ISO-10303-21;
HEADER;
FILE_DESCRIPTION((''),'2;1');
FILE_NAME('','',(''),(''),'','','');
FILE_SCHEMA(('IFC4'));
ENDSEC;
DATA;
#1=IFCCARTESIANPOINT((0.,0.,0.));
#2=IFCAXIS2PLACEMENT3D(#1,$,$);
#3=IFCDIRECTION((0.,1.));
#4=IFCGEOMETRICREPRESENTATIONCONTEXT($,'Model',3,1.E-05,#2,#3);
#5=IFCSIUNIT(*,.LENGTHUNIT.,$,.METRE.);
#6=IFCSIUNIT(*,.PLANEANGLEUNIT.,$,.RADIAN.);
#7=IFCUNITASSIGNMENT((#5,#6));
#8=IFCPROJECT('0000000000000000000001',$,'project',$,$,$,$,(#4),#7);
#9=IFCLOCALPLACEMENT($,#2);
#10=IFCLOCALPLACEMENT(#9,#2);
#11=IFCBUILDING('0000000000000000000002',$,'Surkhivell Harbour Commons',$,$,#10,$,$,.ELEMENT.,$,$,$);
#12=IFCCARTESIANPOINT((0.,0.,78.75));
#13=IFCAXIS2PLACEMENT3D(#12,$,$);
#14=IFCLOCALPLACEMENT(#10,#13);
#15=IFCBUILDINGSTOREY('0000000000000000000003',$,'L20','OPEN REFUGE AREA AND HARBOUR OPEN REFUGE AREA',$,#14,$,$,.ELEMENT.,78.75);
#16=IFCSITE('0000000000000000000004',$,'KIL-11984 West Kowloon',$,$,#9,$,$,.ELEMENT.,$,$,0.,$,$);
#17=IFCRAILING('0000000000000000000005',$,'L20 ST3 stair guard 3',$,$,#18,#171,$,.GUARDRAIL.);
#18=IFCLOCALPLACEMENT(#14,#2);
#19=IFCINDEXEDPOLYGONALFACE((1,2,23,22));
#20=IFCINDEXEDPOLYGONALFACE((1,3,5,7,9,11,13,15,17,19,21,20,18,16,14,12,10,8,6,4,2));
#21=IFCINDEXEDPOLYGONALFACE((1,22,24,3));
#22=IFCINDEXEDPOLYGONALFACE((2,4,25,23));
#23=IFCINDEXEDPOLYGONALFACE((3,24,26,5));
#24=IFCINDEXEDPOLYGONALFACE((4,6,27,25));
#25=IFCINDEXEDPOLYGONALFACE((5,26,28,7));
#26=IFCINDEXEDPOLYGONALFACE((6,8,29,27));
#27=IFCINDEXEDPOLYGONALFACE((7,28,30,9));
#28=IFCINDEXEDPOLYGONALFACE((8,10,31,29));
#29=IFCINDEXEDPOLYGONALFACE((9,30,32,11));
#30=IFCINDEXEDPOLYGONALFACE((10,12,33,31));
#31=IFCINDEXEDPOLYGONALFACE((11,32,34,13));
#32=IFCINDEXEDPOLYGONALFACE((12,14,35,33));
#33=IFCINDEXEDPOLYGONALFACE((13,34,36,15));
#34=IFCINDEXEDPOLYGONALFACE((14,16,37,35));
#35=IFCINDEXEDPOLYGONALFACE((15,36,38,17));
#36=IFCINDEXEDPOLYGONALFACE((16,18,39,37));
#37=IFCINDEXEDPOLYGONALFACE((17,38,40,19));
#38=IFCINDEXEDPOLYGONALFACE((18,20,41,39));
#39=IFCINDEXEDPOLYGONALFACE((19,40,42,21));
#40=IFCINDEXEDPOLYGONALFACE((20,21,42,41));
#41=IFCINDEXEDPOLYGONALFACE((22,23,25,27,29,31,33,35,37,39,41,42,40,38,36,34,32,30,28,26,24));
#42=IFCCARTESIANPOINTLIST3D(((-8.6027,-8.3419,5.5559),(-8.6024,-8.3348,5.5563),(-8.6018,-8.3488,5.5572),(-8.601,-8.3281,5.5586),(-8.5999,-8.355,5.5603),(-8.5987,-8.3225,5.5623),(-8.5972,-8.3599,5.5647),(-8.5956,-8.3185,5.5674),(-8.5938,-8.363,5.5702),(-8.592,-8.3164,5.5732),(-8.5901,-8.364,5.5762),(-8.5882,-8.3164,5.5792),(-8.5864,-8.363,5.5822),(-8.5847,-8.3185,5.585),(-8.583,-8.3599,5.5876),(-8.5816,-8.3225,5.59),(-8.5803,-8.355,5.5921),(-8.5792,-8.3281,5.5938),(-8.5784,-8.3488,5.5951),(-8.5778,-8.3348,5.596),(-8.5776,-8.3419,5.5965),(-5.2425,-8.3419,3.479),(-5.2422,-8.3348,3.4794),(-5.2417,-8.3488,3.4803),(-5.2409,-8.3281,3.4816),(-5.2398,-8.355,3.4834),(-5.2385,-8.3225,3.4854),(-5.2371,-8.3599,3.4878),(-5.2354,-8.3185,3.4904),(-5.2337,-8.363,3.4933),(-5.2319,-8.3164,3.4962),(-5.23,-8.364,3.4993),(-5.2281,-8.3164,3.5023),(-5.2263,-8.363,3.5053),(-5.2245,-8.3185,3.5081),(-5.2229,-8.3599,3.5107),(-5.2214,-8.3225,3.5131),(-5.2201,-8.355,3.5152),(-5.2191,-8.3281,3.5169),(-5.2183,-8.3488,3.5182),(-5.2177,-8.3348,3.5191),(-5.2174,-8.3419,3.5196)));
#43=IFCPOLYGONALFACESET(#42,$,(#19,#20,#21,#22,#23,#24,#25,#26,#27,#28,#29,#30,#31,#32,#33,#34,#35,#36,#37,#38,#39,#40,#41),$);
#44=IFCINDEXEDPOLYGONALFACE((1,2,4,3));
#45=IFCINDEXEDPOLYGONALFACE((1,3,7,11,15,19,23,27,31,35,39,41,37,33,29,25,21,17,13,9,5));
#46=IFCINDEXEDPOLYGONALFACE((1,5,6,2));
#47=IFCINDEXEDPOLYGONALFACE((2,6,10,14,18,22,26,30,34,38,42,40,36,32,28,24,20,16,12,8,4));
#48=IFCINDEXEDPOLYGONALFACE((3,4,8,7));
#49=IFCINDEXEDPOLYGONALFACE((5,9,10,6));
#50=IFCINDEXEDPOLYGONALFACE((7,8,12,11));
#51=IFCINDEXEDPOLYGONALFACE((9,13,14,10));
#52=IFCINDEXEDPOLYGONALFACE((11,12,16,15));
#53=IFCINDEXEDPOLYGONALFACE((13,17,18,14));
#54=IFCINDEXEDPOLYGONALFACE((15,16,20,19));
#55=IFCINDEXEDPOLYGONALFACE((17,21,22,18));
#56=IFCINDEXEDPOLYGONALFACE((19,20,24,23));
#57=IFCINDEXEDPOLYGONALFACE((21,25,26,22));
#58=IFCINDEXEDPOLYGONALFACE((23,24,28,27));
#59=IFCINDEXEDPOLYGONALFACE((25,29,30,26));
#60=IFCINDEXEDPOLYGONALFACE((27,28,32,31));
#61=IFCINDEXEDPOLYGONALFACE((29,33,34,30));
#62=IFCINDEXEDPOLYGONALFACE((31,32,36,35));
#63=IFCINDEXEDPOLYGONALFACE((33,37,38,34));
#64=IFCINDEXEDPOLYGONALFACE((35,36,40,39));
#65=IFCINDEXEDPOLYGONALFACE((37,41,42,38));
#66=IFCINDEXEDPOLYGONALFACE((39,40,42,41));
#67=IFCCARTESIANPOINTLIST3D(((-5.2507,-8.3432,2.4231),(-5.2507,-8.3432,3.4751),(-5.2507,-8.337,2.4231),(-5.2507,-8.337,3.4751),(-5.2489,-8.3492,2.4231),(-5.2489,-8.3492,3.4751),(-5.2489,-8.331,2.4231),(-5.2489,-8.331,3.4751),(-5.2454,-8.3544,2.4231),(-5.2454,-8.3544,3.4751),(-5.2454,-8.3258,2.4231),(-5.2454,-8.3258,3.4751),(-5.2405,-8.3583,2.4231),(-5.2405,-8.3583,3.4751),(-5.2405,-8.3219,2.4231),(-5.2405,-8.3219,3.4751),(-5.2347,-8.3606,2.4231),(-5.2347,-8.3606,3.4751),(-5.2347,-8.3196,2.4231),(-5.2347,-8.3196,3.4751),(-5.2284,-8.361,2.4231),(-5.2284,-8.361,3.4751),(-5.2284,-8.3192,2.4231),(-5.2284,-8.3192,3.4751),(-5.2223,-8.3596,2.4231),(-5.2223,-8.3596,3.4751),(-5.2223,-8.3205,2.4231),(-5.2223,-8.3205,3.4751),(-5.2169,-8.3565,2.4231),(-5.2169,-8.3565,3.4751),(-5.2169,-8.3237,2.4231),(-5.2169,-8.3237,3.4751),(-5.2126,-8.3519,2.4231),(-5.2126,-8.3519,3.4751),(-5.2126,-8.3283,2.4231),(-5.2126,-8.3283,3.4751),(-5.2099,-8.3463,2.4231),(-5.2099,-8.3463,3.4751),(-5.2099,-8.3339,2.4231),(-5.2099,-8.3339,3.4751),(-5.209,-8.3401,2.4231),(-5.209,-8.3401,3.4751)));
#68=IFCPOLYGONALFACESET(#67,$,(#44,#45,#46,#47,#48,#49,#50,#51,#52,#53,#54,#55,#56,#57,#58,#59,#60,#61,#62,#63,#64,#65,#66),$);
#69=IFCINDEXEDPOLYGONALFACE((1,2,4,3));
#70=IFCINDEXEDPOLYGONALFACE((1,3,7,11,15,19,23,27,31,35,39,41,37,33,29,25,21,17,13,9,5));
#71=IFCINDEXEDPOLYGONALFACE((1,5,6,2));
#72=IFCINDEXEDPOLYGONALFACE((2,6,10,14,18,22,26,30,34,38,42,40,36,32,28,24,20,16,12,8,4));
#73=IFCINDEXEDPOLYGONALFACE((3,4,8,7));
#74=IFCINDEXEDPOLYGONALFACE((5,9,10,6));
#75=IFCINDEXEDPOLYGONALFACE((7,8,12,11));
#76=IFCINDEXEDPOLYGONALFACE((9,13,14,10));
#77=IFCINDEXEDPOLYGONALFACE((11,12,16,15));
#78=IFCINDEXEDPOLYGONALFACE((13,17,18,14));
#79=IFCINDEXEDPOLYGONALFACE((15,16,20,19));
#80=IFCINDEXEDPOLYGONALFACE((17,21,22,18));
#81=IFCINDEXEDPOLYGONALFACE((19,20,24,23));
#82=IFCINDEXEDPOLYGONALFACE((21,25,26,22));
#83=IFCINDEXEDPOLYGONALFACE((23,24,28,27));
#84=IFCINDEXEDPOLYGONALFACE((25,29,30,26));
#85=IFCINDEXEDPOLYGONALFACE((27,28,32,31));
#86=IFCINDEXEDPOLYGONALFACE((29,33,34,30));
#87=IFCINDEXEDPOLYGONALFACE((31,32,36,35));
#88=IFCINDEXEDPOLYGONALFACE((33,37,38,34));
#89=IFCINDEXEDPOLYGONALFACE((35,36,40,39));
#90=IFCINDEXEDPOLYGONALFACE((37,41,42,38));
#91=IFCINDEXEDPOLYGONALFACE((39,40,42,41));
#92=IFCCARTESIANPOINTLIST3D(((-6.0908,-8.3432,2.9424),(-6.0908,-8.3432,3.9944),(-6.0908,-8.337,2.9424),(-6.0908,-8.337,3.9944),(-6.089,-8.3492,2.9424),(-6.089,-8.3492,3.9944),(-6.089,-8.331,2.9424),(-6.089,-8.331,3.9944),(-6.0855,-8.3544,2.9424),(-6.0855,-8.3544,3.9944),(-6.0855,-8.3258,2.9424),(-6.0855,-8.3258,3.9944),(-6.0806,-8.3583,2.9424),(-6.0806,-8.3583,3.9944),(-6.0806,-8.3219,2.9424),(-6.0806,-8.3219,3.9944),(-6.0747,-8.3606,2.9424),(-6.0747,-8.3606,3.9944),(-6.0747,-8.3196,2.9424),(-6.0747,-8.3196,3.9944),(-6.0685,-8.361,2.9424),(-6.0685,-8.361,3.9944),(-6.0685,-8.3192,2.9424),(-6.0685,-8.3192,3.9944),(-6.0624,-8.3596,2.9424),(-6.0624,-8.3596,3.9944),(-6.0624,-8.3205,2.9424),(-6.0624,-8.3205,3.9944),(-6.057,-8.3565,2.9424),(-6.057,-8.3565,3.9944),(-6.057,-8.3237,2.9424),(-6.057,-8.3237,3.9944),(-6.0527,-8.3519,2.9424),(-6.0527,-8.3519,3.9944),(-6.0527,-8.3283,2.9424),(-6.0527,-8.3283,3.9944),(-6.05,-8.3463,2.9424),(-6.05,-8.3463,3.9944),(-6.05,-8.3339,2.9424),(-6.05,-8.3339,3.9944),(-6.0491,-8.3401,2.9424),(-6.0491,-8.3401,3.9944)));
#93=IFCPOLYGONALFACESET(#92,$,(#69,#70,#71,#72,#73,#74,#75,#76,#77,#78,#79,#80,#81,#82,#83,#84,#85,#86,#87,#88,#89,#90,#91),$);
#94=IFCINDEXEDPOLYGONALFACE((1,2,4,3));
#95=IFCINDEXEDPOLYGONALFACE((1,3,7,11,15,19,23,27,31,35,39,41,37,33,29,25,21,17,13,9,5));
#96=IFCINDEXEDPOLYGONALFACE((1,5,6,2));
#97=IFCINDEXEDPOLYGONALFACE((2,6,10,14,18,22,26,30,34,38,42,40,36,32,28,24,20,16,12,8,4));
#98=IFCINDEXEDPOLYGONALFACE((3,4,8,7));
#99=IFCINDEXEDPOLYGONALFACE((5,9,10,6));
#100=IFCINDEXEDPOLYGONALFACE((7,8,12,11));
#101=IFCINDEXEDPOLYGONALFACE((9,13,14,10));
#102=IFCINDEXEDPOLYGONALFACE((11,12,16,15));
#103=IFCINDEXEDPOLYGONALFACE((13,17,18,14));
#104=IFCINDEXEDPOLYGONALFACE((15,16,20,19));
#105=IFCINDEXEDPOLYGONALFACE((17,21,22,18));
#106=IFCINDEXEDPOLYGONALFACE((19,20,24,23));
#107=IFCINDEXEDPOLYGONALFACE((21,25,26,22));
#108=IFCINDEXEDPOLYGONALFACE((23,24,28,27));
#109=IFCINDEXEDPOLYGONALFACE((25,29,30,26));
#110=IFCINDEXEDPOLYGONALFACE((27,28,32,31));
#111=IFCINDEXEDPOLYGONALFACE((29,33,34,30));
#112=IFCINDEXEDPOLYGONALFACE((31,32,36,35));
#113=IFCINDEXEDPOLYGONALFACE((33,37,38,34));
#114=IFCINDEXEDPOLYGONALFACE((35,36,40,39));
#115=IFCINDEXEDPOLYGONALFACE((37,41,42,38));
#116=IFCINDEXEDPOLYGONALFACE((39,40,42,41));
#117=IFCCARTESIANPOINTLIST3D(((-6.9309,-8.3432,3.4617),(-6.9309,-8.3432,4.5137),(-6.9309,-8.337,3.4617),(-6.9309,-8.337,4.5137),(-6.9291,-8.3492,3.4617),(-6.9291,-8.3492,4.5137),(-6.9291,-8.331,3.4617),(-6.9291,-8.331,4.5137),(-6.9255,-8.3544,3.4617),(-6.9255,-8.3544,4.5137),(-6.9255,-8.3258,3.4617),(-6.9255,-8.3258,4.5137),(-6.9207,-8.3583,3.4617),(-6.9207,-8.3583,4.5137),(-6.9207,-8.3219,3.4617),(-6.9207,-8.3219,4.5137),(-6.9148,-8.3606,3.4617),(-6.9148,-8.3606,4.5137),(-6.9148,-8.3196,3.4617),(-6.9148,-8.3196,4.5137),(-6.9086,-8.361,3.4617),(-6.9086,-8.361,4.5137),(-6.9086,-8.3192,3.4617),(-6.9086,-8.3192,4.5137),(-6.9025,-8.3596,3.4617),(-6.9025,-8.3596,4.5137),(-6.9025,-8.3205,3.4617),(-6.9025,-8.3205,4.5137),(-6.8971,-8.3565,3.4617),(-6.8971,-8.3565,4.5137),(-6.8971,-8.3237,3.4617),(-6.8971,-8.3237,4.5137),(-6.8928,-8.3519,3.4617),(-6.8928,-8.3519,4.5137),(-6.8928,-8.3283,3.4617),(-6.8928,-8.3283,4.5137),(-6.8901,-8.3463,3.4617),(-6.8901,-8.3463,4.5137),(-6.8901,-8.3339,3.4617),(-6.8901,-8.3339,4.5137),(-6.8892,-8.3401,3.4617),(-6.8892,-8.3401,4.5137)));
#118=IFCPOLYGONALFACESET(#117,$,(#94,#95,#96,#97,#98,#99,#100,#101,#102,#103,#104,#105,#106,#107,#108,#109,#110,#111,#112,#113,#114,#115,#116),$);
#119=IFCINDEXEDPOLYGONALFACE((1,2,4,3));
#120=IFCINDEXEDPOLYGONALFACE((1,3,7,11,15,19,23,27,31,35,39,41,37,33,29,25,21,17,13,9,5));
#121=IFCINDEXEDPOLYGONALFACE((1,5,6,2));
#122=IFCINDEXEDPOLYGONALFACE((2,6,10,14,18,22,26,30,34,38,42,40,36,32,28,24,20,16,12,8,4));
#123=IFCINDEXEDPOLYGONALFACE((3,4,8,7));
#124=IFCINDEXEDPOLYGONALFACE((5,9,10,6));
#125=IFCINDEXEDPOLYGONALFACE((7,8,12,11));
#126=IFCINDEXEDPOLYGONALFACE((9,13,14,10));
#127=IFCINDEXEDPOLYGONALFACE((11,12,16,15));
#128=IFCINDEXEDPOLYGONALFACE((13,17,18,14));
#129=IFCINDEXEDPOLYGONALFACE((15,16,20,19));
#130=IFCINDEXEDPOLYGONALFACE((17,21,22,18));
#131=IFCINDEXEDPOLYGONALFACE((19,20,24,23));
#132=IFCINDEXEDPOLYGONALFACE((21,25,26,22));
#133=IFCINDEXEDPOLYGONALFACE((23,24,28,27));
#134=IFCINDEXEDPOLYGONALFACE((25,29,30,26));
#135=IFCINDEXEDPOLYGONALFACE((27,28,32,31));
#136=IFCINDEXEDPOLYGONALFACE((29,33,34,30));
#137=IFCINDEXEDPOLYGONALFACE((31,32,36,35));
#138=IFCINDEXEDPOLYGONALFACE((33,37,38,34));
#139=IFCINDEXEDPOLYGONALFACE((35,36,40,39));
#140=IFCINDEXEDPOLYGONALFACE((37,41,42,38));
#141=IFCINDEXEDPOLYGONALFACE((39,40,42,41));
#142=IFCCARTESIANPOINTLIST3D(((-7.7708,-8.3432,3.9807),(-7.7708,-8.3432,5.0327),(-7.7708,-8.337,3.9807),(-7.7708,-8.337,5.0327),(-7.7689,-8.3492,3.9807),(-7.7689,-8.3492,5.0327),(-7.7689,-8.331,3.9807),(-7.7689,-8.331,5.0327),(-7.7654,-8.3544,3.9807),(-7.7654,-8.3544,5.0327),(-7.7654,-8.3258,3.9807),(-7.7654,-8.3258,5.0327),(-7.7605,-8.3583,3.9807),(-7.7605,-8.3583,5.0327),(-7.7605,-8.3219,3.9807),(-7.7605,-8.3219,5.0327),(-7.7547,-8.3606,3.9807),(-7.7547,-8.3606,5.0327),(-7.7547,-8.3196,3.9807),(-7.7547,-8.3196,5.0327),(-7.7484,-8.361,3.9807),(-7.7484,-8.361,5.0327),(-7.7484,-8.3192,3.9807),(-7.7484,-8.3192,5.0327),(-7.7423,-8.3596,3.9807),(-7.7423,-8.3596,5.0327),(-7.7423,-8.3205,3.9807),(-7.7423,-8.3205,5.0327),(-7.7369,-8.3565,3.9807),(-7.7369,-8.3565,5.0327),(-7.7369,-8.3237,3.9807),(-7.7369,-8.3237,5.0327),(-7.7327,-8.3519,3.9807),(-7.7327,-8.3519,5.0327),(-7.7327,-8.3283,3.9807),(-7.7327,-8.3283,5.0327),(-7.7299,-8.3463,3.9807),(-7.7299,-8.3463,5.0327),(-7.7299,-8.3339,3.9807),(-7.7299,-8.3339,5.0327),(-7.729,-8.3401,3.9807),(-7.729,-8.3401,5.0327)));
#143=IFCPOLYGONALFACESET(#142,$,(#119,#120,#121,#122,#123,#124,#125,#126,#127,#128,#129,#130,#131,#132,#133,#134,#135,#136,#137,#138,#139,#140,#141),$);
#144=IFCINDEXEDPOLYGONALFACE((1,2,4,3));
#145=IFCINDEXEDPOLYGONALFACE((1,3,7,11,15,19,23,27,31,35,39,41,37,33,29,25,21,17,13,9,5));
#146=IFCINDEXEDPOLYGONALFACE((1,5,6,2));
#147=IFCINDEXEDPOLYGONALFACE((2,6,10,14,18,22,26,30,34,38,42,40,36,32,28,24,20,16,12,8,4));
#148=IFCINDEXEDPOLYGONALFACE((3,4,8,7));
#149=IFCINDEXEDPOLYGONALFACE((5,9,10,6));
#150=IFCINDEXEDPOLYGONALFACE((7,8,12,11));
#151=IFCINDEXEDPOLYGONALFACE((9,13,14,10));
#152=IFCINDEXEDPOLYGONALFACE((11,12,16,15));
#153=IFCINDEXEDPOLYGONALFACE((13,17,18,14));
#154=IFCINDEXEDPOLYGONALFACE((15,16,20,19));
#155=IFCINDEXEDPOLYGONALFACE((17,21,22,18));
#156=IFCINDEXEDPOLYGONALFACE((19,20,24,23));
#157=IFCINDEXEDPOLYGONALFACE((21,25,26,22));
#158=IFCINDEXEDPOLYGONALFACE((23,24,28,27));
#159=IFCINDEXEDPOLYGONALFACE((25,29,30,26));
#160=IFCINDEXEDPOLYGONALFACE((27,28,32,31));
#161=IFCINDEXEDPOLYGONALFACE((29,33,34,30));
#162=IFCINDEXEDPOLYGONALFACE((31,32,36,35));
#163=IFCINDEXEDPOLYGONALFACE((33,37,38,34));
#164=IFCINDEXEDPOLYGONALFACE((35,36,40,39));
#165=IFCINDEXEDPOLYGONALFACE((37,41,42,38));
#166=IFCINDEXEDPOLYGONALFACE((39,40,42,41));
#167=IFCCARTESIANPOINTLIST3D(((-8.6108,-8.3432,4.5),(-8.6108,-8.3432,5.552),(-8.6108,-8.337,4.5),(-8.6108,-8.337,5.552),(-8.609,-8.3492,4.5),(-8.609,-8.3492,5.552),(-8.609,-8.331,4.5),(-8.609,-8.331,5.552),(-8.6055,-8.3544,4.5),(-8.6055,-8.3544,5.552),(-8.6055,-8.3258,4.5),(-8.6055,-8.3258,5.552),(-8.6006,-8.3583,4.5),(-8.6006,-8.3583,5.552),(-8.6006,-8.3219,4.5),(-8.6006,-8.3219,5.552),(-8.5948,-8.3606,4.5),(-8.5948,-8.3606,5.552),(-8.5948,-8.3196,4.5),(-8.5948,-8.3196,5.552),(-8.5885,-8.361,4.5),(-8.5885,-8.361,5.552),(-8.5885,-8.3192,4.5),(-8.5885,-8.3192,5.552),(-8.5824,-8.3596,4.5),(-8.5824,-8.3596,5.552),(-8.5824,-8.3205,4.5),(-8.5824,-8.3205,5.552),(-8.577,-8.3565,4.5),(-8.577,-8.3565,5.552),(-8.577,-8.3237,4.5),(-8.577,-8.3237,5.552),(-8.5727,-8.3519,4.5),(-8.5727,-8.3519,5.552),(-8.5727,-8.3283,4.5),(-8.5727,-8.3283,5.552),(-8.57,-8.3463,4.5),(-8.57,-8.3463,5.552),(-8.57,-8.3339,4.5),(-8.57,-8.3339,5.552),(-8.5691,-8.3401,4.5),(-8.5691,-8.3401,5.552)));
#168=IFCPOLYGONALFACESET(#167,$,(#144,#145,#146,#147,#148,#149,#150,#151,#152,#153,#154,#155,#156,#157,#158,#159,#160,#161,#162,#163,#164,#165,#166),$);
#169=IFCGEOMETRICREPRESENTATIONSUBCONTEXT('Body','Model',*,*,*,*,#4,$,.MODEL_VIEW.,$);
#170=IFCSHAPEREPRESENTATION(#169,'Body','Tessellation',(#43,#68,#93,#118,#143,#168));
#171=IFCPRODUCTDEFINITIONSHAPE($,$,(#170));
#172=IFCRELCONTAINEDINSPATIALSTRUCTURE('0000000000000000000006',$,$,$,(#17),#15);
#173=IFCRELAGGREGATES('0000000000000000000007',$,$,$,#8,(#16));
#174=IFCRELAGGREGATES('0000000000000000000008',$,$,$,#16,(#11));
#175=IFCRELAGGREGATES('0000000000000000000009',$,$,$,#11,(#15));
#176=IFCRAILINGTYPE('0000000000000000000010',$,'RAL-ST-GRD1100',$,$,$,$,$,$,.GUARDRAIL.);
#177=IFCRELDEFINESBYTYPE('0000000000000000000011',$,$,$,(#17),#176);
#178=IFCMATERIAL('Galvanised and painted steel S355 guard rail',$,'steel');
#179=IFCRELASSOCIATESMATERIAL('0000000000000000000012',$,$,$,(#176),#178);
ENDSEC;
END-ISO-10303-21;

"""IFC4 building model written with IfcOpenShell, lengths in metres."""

from ifc_helpers import new_model, si_unit, direction, frame, origin, origin_2d, place, context, subcontext, project, spatial, circle, extrude, material, type_object, element, save


model = new_model("IFC4")

# Units and contexts
model_context = context("Model", 3, precision=1e-05, world=origin(), true_north=direction((0.0, 1.0)))
body_context = subcontext(model_context, "Body", "Model", "MODEL_VIEW")
ifc_project = project(units=[si_unit("LENGTHUNIT", "METRE"), si_unit("PLANEANGLEUNIT", "RADIAN")], contexts=[model_context])

# Site, building, storey
site_placement = place(None, origin())
site = spatial("IfcSite", under=ifc_project, at=site_placement, Name="KIL-11984 West Kowloon", CompositionType="ELEMENT", RefElevation=0.0)
building_placement = place(site_placement, origin())
building = spatial("IfcBuilding", under=site, at=building_placement, Name="Surkhivell Harbour Commons", CompositionType="ELEMENT")
storey_placement = place(building_placement, frame((0.0, 0.0, 78.75)))
storey = spatial("IfcBuildingStorey", under=building, at=storey_placement, Name="L20", Description="OPEN REFUGE AREA AND HARBOUR OPEN REFUGE AREA", CompositionType="ELEMENT", Elevation=78.75)

# Railing
ifc_material_1 = material(Name="Galvanised and painted steel S355 guard rail", Category="steel")
railing_type_1 = type_object("IfcRailingType", Name="RAL-ST-GRD1100", PredefinedType="GUARDRAIL", material=ifc_material_1)
railing_1_placement = place(storey_placement, frame((-5.23, -8.3401, 2.4231)))
element("IfcRailing", 1, at=railing_1_placement, inside=storey, type_object=railing_type_1, Name="L20 ST3 stair guard 3", PredefinedType="GUARDRAIL", context=body_context, shape_type="SweptSolid", body=[
    extrude(circle(Radius=0.0239, at=origin_2d()), frame((0.0, 0.0, 1.0762), z_axis=(-0.850623, 0.0, 0.525776), x_axis=(0.0, -1.0, 0.0)), (0.0, 0.0, 1.0), 3.9502),
    extrude(circle(Radius=0.021, at=origin_2d()), origin(), (0.0, 0.0, 1.0), 1.052),
    extrude(circle(Radius=0.021, at=origin_2d()), frame((-0.8401, 0.0, 0.5193)), (0.0, 0.0, 1.0), 1.052),
    extrude(circle(Radius=0.021, at=origin_2d()), frame((-1.6802, 0.0, 1.0386)), (0.0, 0.0, 1.0), 1.052),
    extrude(circle(Radius=0.021, at=origin_2d()), frame((-2.52, 0.0, 1.5576)), (0.0, 0.0, 1.0), 1.052),
    extrude(circle(Radius=0.021, at=origin_2d()), frame((-3.3601, 0.0, 2.0769)), (0.0, 0.0, 1.0), 1.052),
])

save(model, "model.ifc")
